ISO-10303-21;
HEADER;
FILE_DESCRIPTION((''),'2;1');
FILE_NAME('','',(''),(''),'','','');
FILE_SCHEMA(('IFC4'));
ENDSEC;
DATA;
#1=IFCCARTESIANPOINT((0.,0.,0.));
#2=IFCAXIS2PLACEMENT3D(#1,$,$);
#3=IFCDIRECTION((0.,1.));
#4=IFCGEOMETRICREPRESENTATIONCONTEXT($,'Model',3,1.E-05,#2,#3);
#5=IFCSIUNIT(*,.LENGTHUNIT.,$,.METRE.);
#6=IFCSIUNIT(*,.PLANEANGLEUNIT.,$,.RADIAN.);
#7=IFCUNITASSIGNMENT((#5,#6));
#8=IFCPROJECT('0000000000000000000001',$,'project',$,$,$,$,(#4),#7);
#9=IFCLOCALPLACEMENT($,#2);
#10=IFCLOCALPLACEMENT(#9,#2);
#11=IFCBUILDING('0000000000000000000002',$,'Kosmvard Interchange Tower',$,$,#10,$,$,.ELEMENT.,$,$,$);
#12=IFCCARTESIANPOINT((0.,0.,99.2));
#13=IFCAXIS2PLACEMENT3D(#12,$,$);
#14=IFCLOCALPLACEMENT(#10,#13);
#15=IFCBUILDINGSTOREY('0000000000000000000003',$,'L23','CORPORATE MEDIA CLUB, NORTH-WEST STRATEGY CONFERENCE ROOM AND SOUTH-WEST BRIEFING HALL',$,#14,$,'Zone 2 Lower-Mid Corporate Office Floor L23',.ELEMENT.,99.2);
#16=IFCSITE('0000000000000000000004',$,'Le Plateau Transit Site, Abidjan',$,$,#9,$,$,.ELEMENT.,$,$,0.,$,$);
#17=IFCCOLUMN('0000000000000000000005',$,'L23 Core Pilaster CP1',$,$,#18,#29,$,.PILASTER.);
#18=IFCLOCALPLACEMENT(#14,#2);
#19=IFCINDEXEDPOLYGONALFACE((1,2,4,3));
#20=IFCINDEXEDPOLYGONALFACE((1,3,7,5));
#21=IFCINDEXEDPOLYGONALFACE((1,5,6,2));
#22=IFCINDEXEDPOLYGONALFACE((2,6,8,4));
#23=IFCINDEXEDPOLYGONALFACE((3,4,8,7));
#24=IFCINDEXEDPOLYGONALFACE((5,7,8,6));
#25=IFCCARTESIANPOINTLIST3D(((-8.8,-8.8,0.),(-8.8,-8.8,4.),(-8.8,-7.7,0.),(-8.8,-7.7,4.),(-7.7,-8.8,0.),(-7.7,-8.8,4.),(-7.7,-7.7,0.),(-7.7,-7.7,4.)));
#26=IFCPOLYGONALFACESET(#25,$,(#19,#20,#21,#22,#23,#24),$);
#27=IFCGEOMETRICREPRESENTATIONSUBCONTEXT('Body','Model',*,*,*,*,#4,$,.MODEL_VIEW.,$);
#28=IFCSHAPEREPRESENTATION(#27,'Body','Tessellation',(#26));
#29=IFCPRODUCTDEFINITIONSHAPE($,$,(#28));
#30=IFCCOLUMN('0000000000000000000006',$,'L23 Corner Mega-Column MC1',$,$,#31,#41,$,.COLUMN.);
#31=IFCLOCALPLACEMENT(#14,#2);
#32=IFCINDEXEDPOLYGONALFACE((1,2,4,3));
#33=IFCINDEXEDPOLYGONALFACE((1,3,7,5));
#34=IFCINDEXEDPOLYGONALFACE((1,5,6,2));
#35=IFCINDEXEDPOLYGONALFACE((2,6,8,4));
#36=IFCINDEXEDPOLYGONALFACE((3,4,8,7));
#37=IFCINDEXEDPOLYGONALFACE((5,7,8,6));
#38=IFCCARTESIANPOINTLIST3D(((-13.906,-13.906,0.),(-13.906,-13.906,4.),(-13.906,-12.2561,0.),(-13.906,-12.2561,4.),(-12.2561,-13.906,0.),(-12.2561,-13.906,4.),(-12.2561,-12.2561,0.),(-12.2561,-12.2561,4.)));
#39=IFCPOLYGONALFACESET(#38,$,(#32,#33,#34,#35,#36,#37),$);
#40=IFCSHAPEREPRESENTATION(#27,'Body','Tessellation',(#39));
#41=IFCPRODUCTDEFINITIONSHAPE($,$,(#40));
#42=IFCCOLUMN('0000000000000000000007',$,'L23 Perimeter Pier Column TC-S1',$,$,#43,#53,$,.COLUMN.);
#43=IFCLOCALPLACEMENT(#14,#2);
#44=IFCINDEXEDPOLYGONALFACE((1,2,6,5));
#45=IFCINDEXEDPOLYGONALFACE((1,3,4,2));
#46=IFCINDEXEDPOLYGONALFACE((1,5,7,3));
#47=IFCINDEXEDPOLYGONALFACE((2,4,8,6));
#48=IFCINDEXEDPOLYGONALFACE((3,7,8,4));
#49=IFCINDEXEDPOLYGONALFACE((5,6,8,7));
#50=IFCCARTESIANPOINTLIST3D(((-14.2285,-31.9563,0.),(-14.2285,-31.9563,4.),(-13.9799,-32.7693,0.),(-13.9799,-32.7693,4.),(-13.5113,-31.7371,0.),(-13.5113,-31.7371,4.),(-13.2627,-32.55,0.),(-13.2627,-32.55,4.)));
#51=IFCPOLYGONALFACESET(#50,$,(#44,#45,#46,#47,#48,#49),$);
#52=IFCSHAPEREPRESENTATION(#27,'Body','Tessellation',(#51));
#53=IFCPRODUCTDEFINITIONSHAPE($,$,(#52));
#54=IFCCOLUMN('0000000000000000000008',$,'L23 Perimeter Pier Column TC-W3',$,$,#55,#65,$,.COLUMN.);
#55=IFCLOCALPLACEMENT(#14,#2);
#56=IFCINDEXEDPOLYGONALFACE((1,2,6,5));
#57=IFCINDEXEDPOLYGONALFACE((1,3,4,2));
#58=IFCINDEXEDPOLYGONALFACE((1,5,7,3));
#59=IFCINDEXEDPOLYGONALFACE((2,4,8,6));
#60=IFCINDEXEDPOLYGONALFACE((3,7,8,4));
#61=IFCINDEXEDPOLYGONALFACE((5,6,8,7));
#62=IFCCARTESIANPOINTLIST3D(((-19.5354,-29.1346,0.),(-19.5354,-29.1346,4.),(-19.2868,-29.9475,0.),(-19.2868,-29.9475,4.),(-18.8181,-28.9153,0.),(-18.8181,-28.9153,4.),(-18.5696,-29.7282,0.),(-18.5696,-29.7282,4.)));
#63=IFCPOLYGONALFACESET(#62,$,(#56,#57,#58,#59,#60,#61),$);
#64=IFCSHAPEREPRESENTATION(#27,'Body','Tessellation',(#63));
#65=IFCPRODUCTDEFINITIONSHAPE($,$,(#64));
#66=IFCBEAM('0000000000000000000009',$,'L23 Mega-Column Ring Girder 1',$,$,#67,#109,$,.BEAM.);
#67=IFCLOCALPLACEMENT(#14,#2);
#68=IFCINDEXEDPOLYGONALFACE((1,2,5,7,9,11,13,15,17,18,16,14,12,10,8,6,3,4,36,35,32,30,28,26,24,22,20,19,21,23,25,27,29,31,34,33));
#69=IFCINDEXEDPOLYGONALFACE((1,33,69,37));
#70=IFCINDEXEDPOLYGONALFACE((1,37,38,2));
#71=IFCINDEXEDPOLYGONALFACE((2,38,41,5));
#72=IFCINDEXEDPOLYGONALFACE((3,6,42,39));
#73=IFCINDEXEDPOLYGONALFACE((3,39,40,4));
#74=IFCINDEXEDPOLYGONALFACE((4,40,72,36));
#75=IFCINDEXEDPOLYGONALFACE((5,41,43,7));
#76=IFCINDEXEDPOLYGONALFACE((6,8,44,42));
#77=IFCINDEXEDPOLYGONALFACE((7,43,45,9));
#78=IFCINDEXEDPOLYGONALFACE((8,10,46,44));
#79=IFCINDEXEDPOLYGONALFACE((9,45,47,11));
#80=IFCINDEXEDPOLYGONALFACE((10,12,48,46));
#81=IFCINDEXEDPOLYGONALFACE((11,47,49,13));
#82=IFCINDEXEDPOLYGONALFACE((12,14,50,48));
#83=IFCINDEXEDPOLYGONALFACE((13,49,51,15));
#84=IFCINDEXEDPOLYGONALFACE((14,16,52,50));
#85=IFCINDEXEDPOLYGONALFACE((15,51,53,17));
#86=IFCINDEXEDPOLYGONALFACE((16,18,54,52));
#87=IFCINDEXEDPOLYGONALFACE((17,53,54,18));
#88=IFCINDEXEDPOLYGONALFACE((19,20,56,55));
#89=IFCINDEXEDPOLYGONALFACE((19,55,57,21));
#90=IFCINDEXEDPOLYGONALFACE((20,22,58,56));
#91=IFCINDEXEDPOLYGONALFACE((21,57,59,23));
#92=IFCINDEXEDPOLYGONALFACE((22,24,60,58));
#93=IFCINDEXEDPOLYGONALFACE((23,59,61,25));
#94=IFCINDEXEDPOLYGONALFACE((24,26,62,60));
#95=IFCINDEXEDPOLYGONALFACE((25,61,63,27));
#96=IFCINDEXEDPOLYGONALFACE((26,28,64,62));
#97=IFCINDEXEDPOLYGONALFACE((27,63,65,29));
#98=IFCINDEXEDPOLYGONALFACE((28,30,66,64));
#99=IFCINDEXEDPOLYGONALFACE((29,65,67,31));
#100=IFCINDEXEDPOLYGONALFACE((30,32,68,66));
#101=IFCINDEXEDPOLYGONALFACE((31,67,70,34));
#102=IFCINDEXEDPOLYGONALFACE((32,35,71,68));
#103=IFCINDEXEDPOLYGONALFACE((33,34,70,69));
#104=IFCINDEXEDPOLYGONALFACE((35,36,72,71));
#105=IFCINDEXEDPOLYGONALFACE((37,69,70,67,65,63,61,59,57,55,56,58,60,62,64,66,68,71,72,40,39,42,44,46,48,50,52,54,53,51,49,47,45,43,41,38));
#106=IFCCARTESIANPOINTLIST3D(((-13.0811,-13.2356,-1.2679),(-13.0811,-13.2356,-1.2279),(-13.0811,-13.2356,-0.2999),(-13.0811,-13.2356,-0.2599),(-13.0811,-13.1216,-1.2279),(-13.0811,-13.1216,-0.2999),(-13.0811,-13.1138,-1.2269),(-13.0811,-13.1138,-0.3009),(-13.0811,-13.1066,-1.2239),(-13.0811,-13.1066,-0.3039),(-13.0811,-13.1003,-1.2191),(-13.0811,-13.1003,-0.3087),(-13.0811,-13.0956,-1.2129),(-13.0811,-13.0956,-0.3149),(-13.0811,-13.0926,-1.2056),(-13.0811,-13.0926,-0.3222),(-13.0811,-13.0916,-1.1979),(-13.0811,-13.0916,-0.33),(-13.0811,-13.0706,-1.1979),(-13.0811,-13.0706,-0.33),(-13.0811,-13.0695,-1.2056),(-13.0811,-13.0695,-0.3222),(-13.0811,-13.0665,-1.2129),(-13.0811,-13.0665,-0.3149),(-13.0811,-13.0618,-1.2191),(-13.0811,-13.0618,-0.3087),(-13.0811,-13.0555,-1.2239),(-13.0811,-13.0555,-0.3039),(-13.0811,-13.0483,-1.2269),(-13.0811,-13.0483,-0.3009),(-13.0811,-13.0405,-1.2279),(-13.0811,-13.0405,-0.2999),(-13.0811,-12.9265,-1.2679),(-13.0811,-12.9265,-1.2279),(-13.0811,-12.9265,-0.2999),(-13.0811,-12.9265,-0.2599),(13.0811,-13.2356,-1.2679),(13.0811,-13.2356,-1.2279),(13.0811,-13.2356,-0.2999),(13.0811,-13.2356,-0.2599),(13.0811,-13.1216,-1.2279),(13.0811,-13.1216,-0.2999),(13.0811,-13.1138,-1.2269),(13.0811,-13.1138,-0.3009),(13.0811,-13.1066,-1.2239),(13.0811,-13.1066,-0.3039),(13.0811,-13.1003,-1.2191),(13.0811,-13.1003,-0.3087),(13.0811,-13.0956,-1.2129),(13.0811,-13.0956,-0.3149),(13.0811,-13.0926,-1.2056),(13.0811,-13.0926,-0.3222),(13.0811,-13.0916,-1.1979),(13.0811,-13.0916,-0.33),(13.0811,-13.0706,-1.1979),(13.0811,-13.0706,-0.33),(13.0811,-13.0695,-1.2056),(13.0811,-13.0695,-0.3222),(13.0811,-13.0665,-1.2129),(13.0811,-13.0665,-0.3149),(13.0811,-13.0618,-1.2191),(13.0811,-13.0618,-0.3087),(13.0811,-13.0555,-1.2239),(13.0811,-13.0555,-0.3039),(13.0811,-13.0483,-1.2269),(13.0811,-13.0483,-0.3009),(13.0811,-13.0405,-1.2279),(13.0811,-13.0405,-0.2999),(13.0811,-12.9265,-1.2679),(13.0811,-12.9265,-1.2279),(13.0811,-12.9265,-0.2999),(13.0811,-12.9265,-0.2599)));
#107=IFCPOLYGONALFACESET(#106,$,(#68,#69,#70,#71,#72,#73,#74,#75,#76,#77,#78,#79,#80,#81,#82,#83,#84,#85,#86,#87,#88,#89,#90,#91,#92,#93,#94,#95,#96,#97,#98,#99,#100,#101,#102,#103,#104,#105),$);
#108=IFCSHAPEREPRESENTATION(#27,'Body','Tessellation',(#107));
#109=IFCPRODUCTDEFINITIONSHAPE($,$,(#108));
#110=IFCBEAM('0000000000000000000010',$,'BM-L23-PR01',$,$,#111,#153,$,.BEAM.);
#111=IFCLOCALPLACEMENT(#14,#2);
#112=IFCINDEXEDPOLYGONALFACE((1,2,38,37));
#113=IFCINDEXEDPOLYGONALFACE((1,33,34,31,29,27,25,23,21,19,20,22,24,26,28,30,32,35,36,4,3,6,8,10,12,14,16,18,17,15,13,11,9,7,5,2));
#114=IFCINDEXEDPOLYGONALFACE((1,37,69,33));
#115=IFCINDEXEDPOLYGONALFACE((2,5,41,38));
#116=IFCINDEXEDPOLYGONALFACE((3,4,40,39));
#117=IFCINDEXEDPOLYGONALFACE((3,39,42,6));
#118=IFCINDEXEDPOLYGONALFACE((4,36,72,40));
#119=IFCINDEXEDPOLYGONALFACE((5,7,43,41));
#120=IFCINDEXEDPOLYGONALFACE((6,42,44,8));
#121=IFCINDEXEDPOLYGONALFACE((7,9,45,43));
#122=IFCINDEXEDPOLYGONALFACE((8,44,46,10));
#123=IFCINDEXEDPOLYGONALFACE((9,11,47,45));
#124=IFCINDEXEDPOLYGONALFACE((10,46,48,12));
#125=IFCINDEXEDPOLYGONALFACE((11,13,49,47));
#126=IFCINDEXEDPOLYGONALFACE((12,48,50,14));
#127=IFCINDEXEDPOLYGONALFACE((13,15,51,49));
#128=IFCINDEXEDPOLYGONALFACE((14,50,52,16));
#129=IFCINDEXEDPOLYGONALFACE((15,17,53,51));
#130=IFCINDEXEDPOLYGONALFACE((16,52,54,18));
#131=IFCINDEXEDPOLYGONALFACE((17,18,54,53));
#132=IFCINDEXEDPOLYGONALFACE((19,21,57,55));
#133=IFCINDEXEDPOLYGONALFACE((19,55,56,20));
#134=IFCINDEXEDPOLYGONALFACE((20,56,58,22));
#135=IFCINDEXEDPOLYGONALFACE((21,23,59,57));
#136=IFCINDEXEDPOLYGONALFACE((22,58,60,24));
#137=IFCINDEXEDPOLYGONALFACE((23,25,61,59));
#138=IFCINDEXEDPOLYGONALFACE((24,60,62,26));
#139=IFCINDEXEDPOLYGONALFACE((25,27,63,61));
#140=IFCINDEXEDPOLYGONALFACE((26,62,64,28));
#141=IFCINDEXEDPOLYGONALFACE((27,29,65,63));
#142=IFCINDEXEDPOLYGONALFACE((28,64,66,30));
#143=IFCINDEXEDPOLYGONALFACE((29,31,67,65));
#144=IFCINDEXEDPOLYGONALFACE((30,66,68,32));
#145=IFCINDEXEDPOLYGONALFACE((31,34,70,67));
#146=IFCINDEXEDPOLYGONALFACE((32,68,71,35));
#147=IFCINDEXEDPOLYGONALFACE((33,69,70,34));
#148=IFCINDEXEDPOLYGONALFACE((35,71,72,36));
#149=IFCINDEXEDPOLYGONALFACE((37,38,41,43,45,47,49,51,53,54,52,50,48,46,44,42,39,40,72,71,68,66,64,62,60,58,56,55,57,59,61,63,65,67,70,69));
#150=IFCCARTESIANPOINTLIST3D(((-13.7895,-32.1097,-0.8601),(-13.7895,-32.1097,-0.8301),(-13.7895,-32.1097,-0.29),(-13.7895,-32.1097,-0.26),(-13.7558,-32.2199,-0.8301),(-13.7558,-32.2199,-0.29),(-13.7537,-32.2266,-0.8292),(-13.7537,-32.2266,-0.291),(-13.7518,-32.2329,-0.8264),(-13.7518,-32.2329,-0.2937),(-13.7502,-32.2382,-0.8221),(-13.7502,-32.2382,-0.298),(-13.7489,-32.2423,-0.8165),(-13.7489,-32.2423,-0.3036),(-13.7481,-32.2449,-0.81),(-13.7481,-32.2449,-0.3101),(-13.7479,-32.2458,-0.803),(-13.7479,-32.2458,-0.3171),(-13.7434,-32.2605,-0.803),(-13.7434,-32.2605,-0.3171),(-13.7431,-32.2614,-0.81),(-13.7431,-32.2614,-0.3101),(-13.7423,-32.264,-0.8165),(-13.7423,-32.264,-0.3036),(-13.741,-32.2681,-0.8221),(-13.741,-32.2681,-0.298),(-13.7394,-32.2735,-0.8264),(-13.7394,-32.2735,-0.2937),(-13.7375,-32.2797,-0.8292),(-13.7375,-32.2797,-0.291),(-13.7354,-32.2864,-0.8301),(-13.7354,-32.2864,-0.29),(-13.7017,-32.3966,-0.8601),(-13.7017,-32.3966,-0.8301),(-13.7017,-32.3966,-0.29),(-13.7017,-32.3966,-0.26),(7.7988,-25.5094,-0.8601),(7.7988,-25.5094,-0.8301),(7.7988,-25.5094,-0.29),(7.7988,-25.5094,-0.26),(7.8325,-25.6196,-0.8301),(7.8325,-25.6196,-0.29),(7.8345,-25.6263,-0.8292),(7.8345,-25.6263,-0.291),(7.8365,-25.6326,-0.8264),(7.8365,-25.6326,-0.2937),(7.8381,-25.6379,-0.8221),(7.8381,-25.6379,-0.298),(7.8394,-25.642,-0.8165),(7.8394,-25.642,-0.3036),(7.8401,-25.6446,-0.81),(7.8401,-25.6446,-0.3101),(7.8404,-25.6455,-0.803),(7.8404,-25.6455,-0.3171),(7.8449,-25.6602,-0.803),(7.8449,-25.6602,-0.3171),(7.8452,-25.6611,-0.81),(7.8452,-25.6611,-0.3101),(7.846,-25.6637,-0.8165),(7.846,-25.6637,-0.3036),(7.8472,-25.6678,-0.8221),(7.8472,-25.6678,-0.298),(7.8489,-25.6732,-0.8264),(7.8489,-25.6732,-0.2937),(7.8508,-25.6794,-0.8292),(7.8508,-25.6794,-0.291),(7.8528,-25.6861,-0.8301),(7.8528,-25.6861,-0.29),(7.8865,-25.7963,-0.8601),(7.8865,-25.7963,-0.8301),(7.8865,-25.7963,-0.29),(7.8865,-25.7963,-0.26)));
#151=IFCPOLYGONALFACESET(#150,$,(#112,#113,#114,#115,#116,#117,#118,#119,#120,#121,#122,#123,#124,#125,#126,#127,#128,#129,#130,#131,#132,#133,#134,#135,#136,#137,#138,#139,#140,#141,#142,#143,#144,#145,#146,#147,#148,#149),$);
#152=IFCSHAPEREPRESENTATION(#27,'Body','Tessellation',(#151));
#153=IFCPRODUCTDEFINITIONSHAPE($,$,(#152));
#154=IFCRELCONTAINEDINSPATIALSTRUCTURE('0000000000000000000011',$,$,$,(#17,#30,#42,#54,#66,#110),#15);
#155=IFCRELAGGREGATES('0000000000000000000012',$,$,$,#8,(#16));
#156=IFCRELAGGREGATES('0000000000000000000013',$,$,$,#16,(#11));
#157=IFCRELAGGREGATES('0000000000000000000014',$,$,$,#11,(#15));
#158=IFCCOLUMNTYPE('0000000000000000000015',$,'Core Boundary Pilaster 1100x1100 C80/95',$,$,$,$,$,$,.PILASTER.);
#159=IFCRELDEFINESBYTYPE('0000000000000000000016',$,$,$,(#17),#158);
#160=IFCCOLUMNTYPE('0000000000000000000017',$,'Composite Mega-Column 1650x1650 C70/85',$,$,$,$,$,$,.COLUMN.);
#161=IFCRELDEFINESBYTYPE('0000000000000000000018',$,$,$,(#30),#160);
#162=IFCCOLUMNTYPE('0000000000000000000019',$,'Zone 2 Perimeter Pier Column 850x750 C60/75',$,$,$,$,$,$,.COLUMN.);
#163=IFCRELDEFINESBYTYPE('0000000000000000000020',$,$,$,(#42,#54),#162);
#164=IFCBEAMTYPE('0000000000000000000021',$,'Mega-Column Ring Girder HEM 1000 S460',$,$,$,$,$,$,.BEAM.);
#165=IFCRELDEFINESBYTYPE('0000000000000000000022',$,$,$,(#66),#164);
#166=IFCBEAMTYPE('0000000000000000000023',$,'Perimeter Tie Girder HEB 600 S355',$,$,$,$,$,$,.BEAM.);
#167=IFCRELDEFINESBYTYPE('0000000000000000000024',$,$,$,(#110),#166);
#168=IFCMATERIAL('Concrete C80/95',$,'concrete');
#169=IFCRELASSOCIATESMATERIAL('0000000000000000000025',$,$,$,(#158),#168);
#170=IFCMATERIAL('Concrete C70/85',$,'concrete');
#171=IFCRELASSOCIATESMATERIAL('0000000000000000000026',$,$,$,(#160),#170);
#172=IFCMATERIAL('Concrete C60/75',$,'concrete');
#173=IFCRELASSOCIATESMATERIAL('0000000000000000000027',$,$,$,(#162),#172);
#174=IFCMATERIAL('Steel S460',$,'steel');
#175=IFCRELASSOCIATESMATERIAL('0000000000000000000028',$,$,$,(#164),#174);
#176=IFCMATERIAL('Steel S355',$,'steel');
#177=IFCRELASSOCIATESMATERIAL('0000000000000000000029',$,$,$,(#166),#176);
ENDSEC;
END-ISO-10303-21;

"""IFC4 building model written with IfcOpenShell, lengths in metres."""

from ifc_helpers import new_model, si_unit, direction, frame, origin, origin_2d, place, context, subcontext, project, spatial, rectangle, i_section, extrude, source, transform, mapped, material, material_profile, profile_set, type_object, element, save


model = new_model("IFC4")

# Units and contexts
model_context = context("Model", 3, precision=1e-05, world=origin(), true_north=direction((0.0, 1.0)))
body_context = subcontext(model_context, "Body", "Model", "MODEL_VIEW")
ifc_project = project(units=[si_unit("LENGTHUNIT", "METRE"), si_unit("PLANEANGLEUNIT", "RADIAN")], contexts=[model_context])

# Site, building, storey
site_placement = place(None, origin())
site = spatial("IfcSite", under=ifc_project, at=site_placement, Name="Le Plateau Transit Site, Abidjan", CompositionType="ELEMENT", RefElevation=0.0)
building_placement = place(site_placement, origin())
building = spatial("IfcBuilding", under=site, at=building_placement, Name="Kosmvard Interchange Tower", CompositionType="ELEMENT")
storey_placement = place(building_placement, frame((0.0, 0.0, 99.2)))
storey = spatial("IfcBuildingStorey", under=building, at=storey_placement, Name="L23", Description="CORPORATE MEDIA CLUB, NORTH-WEST STRATEGY CONFERENCE ROOM AND SOUTH-WEST BRIEFING HALL", LongName="Zone 2 Lower-Mid Corporate Office Floor L23", CompositionType="ELEMENT", Elevation=99.2)

# Columns
ifc_material_1 = material(Name="Concrete C80/95", Category="concrete")
ifc_material_profile_1 = material_profile(ifc_material_1, rectangle(XDim=1.1001, YDim=1.1001, at=origin_2d()), Name="CP 1100x1100")
ifc_profile_set_1 = profile_set([ifc_material_profile_1], Name="Concrete C80/95")
column_type_1 = type_object("IfcColumnType", Name="Core Boundary Pilaster 1100x1100 C80/95", PredefinedType="PILASTER", material=ifc_profile_set_1)
shared_shape_1 = source(origin(), body_context, "Body", "SweptSolid", [
    extrude(rectangle(XDim=1.1001, YDim=1.1001, at=origin_2d()), origin(), (0.0, 0.0, 1.0), 4.0),
])
column_1_placement = place(storey_placement, frame((-8.25, -8.25, 0.0), z_axis=(0.0, 0.0, 1.0), x_axis=(1.0, 0.0, 0.0)))
element("IfcColumn", 1, at=column_1_placement, inside=storey, type_object=column_type_1, Name="L23 Core Pilaster CP1", PredefinedType="PILASTER", context=body_context, shape_type="MappedRepresentation", body=[
    mapped(shared_shape_1, transform((0.0, 0.0, 0.0), scale=1.0)),
])
ifc_material_2 = material(Name="Concrete C70/85", Category="concrete")
ifc_material_profile_2 = material_profile(ifc_material_2, rectangle(XDim=1.6499, YDim=1.6499, at=origin_2d()), Name="MC 1650x1650")
ifc_profile_set_2 = profile_set([ifc_material_profile_2], Name="Concrete C70/85")
column_type_2 = type_object("IfcColumnType", Name="Composite Mega-Column 1650x1650 C70/85", PredefinedType="COLUMN", material=ifc_profile_set_2)
shared_shape_2 = source(origin(), body_context, "Body", "SweptSolid", [
    extrude(rectangle(XDim=1.6499, YDim=1.6499, at=origin_2d()), origin(), (0.0, 0.0, 1.0), 4.0),
])
column_2_placement = place(storey_placement, frame((-13.0811, -13.0811, 0.0), z_axis=(0.0, 0.0, 1.0), x_axis=(1.0, 0.0, 0.0)))
element("IfcColumn", 2, at=column_2_placement, inside=storey, type_object=column_type_2, Name="L23 Corner Mega-Column MC1", PredefinedType="COLUMN", context=body_context, shape_type="MappedRepresentation", body=[
    mapped(shared_shape_2, transform((0.0, 0.0, 0.0), scale=1.0)),
])
ifc_material_3 = material(Name="Concrete C60/75", Category="concrete")
ifc_material_profile_3 = material_profile(ifc_material_3, rectangle(XDim=0.75, YDim=0.8501, at=origin_2d()), Name="TC 850x750")
ifc_profile_set_3 = profile_set([ifc_material_profile_3], Name="Concrete C60/75")
column_type_3 = type_object("IfcColumnType", Name="Zone 2 Perimeter Pier Column 850x750 C60/75", PredefinedType="COLUMN", material=ifc_profile_set_3)
shared_shape_3 = source(origin(), body_context, "Body", "SweptSolid", [
    extrude(rectangle(XDim=0.75, YDim=0.8501, at=origin_2d()), origin(), (0.0, 0.0, 1.0), 4.0),
])
for number, where, z_axis, x_axis, name in (
    (3, (-13.7456, -32.2532, 0.0), (0.0, 0.0, 1.0), (0.956305, 0.292372, 0.0), "L23 Perimeter Pier Column TC-S1"),
    (4, (-19.0525, -29.4314, 0.0), (0.0, 0.0, 1.0), (0.956305, 0.292372, 0.0), "L23 Perimeter Pier Column TC-W3"),
):
    element("IfcColumn", number, at=place(storey_placement, frame(where, z_axis=z_axis, x_axis=x_axis)), inside=storey, type_object=column_type_3, Name=name, PredefinedType="COLUMN", context=body_context, shape_type="MappedRepresentation", body=[
        mapped(shared_shape_3, transform((0.0, 0.0, 0.0), scale=1.0)),
    ])

# Beams
ifc_material_4 = material(Name="Steel S460", Category="steel")
ifc_material_profile_4 = material_profile(ifc_material_4, i_section(OverallWidth=0.3091, OverallDepth=1.0081, WebThickness=0.021, FlangeThickness=0.04, FilletRadius=0.03, at=origin_2d()), Name="HEM 1000")
ifc_profile_set_4 = profile_set([ifc_material_profile_4], Name="Steel S460")
beam_type_1 = type_object("IfcBeamType", Name="Mega-Column Ring Girder HEM 1000 S460", PredefinedType="BEAM", material=ifc_profile_set_4)
shared_shape_4 = source(origin(), body_context, "Body", "SweptSolid", [
    extrude(i_section(OverallWidth=0.3091, OverallDepth=1.0081, WebThickness=0.021, FlangeThickness=0.04, FilletRadius=0.03, at=origin_2d()), origin(), (0.0, 0.0, 1.0), 26.1621),
])
beam_1_placement = place(storey_placement, frame((-13.0811, -13.0811, -0.7639), z_axis=(1.0, 0.0, 0.0), x_axis=(0.0, 1.0, 0.0)))
element("IfcBeam", 5, at=beam_1_placement, inside=storey, type_object=beam_type_1, Name="L23 Mega-Column Ring Girder 1", PredefinedType="BEAM", context=body_context, shape_type="MappedRepresentation", body=[
    mapped(shared_shape_4, transform((0.0, 0.0, 0.0), scale=1.0)),
])
ifc_material_5 = material(Name="Steel S355", Category="steel")
ifc_material_profile_5 = material_profile(ifc_material_5, i_section(OverallWidth=0.3, OverallDepth=0.6001, WebThickness=0.0154, FlangeThickness=0.03, FilletRadius=0.0271, at=origin_2d()), Name="HEB 600")
ifc_profile_set_5 = profile_set([ifc_material_profile_5], Name="Steel S355")
beam_type_2 = type_object("IfcBeamType", Name="Perimeter Tie Girder HEB 600 S355", PredefinedType="BEAM", material=ifc_profile_set_5)
shared_shape_5 = source(origin(), body_context, "Body", "SweptSolid", [
    extrude(i_section(OverallWidth=0.3, OverallDepth=0.6001, WebThickness=0.0154, FlangeThickness=0.03, FilletRadius=0.0271, at=origin_2d()), origin(), (0.0, 0.0, 1.0), 22.5747),
])
beam_2_placement = place(storey_placement, frame((-13.7456, -32.2532, -0.5601), z_axis=(0.956303, 0.292376, 0.0), x_axis=(-0.292376, 0.956303, 0.0)))
element("IfcBeam", 6, at=beam_2_placement, inside=storey, type_object=beam_type_2, Name="BM-L23-PR01", PredefinedType="BEAM", context=body_context, shape_type="MappedRepresentation", body=[
    mapped(shared_shape_5, transform((0.0, 0.0, 0.0), scale=1.0)),
])

save(model, "model.ifc")
